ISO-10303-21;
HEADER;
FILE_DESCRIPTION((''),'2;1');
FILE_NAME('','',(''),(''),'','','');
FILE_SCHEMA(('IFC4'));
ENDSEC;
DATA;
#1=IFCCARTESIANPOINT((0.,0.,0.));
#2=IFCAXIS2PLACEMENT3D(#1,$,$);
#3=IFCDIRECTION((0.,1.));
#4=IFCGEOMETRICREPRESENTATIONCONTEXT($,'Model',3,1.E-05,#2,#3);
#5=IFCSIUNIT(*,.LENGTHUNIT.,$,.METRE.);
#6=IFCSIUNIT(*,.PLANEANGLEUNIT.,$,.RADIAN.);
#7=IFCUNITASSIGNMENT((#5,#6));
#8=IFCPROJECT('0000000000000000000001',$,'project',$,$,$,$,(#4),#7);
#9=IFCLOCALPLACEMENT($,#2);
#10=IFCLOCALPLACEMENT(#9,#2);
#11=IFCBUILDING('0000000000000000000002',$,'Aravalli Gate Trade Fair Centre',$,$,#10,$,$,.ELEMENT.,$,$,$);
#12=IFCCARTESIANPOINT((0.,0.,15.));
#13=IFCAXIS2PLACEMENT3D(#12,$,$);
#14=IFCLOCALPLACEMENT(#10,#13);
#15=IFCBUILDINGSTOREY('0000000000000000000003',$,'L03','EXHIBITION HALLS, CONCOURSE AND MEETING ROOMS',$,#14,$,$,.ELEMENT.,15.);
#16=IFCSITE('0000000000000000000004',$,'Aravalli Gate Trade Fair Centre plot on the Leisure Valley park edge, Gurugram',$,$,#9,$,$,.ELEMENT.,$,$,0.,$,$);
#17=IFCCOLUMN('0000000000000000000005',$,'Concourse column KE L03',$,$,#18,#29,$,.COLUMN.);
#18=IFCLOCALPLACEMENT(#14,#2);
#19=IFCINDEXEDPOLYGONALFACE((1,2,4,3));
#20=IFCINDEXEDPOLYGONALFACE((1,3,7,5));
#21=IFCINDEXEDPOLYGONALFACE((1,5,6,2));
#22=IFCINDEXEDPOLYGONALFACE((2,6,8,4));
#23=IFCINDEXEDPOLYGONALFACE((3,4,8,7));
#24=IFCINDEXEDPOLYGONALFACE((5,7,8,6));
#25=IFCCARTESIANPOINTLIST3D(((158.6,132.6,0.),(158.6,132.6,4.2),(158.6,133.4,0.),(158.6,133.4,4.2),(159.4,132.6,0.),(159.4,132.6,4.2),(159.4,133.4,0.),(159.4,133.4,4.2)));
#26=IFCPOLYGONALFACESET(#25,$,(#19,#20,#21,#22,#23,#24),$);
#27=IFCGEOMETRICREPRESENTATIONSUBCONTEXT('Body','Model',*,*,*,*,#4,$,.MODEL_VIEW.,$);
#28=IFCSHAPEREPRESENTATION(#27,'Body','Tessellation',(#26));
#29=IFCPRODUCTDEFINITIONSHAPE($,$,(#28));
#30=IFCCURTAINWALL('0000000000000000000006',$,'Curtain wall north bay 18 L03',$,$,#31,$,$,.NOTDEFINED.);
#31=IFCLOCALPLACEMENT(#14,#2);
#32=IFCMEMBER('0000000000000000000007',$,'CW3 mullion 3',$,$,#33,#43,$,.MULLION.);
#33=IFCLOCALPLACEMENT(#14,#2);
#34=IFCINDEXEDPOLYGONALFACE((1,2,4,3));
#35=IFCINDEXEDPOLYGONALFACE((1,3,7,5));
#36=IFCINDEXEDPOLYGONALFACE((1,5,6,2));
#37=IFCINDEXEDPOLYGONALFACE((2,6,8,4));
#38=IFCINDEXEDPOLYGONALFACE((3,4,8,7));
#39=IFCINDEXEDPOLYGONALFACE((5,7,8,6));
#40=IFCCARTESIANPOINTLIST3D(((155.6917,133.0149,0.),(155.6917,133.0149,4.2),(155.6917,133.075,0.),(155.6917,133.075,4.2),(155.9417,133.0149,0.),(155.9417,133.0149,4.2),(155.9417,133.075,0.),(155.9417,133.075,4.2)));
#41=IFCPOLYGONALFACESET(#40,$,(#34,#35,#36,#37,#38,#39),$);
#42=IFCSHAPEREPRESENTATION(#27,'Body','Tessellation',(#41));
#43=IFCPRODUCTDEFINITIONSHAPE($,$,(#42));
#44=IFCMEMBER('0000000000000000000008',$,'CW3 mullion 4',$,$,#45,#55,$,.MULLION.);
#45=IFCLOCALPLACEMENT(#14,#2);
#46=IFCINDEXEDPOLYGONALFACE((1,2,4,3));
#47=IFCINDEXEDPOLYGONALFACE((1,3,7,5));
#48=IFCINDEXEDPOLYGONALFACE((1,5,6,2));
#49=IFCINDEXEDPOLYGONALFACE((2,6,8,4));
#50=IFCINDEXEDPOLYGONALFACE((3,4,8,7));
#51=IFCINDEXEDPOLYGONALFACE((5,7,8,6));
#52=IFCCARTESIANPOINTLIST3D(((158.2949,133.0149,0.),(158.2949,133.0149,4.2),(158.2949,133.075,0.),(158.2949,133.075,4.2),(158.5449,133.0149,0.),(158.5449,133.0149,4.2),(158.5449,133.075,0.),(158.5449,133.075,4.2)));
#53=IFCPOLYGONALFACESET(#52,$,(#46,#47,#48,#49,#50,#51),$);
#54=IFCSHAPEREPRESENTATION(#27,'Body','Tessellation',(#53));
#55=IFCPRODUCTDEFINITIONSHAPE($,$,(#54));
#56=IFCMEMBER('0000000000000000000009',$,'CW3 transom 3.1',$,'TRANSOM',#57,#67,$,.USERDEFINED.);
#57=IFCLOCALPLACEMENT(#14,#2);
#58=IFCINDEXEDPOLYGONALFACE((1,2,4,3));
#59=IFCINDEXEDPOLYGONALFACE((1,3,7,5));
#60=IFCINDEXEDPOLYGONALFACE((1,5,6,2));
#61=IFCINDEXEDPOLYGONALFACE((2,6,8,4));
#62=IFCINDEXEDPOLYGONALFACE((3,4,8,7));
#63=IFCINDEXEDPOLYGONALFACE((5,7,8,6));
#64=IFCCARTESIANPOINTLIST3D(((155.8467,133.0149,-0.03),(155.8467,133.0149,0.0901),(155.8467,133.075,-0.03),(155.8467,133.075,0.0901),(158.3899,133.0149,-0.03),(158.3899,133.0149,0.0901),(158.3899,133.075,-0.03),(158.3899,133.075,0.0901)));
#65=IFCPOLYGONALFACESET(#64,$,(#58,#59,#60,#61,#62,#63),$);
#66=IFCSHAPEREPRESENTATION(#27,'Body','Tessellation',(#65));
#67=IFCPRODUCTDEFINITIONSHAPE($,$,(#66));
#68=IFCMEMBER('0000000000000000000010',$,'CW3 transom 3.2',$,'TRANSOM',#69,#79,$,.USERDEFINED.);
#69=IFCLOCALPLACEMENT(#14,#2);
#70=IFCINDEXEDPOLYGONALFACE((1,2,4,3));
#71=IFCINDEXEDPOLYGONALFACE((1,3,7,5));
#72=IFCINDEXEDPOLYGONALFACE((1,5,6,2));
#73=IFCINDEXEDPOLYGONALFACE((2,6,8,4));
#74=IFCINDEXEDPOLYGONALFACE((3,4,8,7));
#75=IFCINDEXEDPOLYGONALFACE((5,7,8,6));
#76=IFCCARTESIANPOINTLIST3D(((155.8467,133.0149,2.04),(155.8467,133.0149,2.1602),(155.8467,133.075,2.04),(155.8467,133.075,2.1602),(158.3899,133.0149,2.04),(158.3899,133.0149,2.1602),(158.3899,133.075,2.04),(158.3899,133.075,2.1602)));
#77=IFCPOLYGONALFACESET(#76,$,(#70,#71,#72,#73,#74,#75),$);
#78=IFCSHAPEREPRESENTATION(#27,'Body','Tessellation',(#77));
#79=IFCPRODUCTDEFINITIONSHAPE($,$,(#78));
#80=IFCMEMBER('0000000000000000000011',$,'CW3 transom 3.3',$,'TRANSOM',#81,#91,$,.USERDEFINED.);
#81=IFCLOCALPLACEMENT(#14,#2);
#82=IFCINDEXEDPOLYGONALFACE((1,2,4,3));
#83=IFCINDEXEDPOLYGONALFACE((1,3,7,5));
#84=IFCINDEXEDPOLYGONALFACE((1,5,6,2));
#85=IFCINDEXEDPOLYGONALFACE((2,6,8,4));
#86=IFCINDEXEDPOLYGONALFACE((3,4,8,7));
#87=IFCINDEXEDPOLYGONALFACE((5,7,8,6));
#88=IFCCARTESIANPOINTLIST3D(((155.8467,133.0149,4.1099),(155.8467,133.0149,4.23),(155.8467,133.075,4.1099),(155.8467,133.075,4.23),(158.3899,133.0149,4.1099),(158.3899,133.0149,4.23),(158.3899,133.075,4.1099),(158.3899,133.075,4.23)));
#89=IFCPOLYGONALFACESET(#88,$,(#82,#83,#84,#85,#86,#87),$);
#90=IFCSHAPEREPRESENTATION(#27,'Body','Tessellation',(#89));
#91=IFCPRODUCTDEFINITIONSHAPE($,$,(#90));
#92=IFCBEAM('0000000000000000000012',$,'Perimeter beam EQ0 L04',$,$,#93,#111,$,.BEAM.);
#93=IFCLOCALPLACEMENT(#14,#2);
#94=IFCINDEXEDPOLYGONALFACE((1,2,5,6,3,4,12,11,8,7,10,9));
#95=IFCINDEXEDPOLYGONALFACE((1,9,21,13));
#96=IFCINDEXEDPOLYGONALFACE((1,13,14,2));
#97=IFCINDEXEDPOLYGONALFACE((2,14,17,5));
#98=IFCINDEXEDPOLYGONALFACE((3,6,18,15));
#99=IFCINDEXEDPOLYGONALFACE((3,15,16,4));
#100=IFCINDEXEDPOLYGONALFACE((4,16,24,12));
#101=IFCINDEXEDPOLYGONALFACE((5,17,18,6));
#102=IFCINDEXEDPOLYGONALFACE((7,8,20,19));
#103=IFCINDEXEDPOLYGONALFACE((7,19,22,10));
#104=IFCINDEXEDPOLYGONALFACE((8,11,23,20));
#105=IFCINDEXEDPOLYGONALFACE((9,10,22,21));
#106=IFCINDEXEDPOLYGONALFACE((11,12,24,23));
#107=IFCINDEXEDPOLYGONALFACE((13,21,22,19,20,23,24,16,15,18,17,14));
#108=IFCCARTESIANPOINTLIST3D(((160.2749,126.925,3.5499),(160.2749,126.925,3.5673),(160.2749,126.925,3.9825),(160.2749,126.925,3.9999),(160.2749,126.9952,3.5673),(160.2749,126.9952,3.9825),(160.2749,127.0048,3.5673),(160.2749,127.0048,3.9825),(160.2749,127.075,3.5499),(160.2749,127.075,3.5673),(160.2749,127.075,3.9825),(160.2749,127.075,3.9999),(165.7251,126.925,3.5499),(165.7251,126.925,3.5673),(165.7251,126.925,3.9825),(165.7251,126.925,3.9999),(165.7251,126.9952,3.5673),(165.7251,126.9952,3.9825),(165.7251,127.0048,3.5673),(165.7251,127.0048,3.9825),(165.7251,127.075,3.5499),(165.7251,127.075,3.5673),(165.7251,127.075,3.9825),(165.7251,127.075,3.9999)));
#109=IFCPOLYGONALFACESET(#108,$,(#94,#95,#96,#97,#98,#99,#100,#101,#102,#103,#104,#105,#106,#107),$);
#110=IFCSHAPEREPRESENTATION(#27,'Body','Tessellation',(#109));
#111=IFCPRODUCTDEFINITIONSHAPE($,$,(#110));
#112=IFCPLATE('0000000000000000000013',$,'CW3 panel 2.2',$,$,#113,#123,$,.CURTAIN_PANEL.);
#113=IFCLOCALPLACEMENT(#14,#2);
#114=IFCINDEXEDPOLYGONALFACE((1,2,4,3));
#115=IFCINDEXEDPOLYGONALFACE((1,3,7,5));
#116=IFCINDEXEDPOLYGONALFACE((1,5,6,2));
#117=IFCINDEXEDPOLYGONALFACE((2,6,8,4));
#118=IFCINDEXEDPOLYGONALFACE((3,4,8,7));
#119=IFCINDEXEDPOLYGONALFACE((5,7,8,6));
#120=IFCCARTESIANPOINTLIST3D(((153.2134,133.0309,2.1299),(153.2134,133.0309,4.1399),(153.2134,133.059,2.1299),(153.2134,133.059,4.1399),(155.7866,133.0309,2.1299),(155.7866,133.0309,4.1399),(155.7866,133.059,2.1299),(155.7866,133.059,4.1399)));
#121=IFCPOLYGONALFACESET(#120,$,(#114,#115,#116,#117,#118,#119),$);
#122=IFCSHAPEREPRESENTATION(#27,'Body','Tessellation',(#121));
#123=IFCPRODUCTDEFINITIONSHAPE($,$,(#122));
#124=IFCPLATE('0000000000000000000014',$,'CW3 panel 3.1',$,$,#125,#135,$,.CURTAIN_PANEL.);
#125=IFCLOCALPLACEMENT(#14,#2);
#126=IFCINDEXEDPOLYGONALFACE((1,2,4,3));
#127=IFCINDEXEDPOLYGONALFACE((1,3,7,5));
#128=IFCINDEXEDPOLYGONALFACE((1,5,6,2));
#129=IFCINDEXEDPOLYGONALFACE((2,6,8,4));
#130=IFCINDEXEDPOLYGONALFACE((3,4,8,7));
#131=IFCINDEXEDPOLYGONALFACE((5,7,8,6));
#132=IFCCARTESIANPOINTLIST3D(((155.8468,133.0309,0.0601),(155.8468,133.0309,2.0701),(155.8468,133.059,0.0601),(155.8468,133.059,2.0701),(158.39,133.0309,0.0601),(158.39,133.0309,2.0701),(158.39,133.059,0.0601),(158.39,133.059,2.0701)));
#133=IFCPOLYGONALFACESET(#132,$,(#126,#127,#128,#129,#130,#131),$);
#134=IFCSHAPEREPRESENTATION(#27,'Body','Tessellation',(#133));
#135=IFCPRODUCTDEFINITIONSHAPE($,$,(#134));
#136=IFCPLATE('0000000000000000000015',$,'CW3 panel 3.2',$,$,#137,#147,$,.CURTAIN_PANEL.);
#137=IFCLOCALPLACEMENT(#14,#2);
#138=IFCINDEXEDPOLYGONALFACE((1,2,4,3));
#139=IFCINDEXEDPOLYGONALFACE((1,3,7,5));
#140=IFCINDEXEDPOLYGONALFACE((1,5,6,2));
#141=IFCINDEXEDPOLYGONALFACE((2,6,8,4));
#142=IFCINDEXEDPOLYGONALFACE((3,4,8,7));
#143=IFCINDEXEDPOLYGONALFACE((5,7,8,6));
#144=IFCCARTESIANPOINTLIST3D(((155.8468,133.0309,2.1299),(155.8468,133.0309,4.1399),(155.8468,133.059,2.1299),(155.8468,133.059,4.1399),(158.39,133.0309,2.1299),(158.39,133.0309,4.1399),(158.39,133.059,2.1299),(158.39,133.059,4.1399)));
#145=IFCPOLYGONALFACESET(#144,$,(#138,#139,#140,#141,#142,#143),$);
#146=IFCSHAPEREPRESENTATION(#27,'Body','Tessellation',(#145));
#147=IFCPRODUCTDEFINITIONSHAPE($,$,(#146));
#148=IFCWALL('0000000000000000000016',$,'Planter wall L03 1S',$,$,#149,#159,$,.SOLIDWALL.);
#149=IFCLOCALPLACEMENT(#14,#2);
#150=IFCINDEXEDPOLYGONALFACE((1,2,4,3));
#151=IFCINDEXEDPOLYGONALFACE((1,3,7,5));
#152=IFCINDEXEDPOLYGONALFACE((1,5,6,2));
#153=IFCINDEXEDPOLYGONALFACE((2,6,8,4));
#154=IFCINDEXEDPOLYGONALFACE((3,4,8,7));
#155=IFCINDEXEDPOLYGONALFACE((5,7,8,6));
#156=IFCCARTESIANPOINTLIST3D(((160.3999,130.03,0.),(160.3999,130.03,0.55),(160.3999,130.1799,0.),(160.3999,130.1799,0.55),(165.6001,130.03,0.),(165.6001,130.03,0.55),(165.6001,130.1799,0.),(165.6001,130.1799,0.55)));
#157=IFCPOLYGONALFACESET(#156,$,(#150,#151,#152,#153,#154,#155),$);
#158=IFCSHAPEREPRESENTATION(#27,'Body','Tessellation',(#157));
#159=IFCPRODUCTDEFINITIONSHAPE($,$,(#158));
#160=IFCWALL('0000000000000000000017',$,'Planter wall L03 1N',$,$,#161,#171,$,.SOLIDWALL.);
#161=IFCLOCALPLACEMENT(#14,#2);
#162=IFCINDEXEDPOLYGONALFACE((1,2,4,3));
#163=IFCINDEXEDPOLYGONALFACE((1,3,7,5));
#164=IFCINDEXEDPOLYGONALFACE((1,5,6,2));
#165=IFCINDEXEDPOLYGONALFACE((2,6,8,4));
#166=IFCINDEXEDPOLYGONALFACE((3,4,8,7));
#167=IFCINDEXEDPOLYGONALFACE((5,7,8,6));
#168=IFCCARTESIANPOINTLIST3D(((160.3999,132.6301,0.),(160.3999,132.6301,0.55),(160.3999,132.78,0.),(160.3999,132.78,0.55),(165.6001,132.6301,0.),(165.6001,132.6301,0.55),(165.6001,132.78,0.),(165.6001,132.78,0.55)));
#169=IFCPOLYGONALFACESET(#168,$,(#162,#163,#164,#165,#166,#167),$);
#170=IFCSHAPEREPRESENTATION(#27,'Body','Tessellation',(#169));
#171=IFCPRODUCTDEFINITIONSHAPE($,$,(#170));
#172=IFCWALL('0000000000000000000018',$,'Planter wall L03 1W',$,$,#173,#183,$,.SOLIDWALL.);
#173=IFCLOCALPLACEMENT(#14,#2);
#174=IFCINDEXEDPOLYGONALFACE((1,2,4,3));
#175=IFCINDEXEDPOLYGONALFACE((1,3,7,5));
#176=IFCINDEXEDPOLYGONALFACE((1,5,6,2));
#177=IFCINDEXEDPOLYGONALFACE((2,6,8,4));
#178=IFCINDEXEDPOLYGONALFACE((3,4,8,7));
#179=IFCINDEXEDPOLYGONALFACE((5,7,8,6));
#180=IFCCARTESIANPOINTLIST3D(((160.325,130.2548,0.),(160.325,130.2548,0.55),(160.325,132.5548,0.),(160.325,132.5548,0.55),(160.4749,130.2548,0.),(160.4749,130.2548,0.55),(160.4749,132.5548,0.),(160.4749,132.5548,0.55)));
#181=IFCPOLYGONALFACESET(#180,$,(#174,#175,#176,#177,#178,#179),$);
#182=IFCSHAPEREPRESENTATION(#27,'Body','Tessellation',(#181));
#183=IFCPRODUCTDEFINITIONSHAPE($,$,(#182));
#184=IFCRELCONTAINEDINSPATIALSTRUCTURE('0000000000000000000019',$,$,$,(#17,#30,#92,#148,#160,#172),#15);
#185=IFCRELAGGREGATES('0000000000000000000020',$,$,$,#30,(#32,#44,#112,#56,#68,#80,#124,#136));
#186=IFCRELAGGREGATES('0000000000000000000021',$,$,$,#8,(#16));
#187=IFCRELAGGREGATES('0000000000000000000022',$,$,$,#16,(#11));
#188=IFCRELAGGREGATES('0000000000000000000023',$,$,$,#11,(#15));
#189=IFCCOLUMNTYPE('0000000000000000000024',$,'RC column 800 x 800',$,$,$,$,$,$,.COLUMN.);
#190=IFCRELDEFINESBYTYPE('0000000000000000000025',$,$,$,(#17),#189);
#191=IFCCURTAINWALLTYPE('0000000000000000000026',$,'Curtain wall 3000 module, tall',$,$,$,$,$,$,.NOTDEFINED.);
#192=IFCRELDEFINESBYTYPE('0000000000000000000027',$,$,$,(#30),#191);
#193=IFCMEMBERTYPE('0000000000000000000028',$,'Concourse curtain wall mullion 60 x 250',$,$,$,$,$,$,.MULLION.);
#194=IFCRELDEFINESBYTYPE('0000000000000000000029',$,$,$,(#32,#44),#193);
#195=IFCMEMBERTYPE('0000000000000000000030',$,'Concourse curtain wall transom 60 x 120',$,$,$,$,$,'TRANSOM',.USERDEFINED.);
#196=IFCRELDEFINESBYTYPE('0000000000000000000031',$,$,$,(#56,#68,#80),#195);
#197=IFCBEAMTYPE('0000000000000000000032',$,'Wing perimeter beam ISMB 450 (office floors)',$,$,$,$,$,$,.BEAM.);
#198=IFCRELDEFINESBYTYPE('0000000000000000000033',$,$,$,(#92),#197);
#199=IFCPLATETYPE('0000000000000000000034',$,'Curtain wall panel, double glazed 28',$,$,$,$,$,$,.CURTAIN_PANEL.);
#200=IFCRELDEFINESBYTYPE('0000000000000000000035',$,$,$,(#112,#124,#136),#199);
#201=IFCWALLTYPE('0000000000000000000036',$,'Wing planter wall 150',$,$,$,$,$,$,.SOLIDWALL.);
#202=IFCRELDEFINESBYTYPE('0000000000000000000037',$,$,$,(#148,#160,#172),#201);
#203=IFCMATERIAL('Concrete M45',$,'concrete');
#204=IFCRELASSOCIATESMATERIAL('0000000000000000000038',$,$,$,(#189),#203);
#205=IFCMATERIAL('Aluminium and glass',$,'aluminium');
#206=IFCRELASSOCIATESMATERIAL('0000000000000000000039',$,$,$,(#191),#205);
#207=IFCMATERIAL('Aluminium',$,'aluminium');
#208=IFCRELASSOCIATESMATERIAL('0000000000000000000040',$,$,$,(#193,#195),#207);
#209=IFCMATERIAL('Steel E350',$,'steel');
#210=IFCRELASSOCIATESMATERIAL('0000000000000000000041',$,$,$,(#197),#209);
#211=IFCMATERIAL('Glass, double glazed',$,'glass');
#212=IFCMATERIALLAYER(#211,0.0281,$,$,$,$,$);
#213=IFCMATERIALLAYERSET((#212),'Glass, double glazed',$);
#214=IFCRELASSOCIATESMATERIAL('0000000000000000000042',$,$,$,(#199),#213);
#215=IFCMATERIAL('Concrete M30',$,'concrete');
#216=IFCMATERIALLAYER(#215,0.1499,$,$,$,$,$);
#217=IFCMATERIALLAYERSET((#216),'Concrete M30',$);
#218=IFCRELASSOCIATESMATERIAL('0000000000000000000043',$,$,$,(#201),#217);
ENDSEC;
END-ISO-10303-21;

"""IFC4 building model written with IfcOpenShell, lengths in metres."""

from ifc_helpers import new_model, si_unit, direction, frame, frame_2d, origin, origin_2d, place, context, subcontext, project, spatial, rectangle, i_section, extrude, material, layer, layer_set, material_profile, profile_set, type_object, element, aggregate, save


model = new_model("IFC4")

# Units and contexts
model_context = context("Model", 3, precision=1e-05, world=origin(), true_north=direction((0.0, 1.0)))
body_context = subcontext(model_context, "Body", "Model", "MODEL_VIEW")
ifc_project = project(units=[si_unit("LENGTHUNIT", "METRE"), si_unit("PLANEANGLEUNIT", "RADIAN")], contexts=[model_context])

# Site, building, storey
site_placement = place(None, origin())
site = spatial("IfcSite", under=ifc_project, at=site_placement, Name="Aravalli Gate Trade Fair Centre plot on the Leisure Valley park edge, Gurugram", CompositionType="ELEMENT", RefElevation=0.0)
building_placement = place(site_placement, origin())
building = spatial("IfcBuilding", under=site, at=building_placement, Name="Aravalli Gate Trade Fair Centre", CompositionType="ELEMENT")
storey_placement = place(building_placement, frame((0.0, 0.0, 15.0)))
storey = spatial("IfcBuildingStorey", under=building, at=storey_placement, Name="L03", Description="EXHIBITION HALLS, CONCOURSE AND MEETING ROOMS", CompositionType="ELEMENT", Elevation=15.0)

# Column
ifc_material_1 = material(Name="Concrete M45", Category="concrete")
ifc_material_profile_1 = material_profile(ifc_material_1, rectangle(XDim=0.8, YDim=0.8, at=origin_2d()), Name="RC column 800 x 800")
ifc_profile_set_1 = profile_set([ifc_material_profile_1], Name="Concrete M45")
column_type = type_object("IfcColumnType", Name="RC column 800 x 800", PredefinedType="COLUMN", material=ifc_profile_set_1)
column_placement = place(storey_placement, frame((159.0, 133.0, 0.0), z_axis=(0.0, 0.0, 1.0), x_axis=(1.0, 0.0, 0.0)))
element("IfcColumn", 1, at=column_placement, inside=storey, type_object=column_type, Name="Concourse column KE L03", PredefinedType="COLUMN", context=body_context, shape_type="SweptSolid", body=[
    extrude(rectangle(XDim=0.8, YDim=0.8, at=origin_2d()), origin(), (0.0, 0.0, 1.0), 4.2),
])

# Curtain wall, members
ifc_material_2 = material(Name="Aluminium and glass", Category="aluminium")
curtain_wall_type = type_object("IfcCurtainWallType", Name="Curtain wall 3000 module, tall", PredefinedType="NOTDEFINED", material=ifc_material_2)
curtain_wall_placement = place(storey_placement, origin())
curtain_wall = element("IfcCurtainWall", 2, at=curtain_wall_placement, inside=storey, type_object=curtain_wall_type, Name="Curtain wall north bay 18 L03", PredefinedType="NOTDEFINED")
ifc_material_3 = material(Name="Aluminium", Category="aluminium")
ifc_material_profile_2 = material_profile(ifc_material_3, rectangle(XDim=0.0601, YDim=0.25, at=origin_2d()), Name="Concourse curtain wall mullion 60 x 250")
ifc_profile_set_2 = profile_set([ifc_material_profile_2], Name="Aluminium")
member_type_1 = type_object("IfcMemberType", Name="Concourse curtain wall mullion 60 x 250", PredefinedType="MULLION", material=ifc_profile_set_2)
member_1_placement = place(storey_placement, frame((155.8167, 133.0449, 0.0), z_axis=(0.0, 0.0, 1.0), x_axis=(0.0, 1.0, 0.0)))
member_1 = element("IfcMember", 3, at=member_1_placement, type_object=member_type_1, Name="CW3 mullion 3", PredefinedType="MULLION", context=body_context, shape_type="SweptSolid", body=[
    extrude(rectangle(XDim=0.0601, YDim=0.25, at=origin_2d()), origin(), (0.0, 0.0, 1.0), 4.2),
])
member_2_placement = place(storey_placement, frame((158.4199, 133.0449, 0.0), z_axis=(0.0, 0.0, 1.0), x_axis=(0.0, 1.0, 0.0)))
member_2 = element("IfcMember", 4, at=member_2_placement, type_object=member_type_1, Name="CW3 mullion 4", PredefinedType="MULLION", context=body_context, shape_type="SweptSolid", body=[
    extrude(rectangle(XDim=0.0601, YDim=0.25, at=origin_2d()), origin(), (0.0, 0.0, 1.0), 4.2),
])
ifc_material_profile_3 = material_profile(ifc_material_3, rectangle(XDim=0.0601, YDim=0.1201, at=origin_2d()), Name="Concourse curtain wall transom 60 x 120")
ifc_profile_set_3 = profile_set([ifc_material_profile_3], Name="Aluminium")
member_type_2 = type_object("IfcMemberType", Name="Concourse curtain wall transom 60 x 120", ElementType="TRANSOM", PredefinedType="USERDEFINED", material=ifc_profile_set_3)
member_3_placement = place(storey_placement, frame((155.8467, 133.0449, 0.03), z_axis=(1.0, 0.0, 0.0), x_axis=(0.0, 1.0, 0.0)))
member_3 = element("IfcMember", 5, at=member_3_placement, type_object=member_type_2, Name="CW3 transom 3.1", ObjectType="TRANSOM", PredefinedType="USERDEFINED", context=body_context, shape_type="SweptSolid", body=[
    extrude(rectangle(XDim=0.0601, YDim=0.1201, at=origin_2d()), origin(), (0.0, 0.0, 1.0), 2.5432),
])
member_4_placement = place(storey_placement, frame((155.8467, 133.0449, 2.1001), z_axis=(1.0, 0.0, 0.0), x_axis=(0.0, 1.0, 0.0)))
member_4 = element("IfcMember", 6, at=member_4_placement, type_object=member_type_2, Name="CW3 transom 3.2", ObjectType="TRANSOM", PredefinedType="USERDEFINED", context=body_context, shape_type="SweptSolid", body=[
    extrude(rectangle(XDim=0.0601, YDim=0.1201, at=origin_2d()), origin(), (0.0, 0.0, 1.0), 2.5432),
])
member_5_placement = place(storey_placement, frame((155.8467, 133.0449, 4.1699), z_axis=(1.0, 0.0, 0.0), x_axis=(0.0, 1.0, 0.0)))
member_5 = element("IfcMember", 7, at=member_5_placement, type_object=member_type_2, Name="CW3 transom 3.3", ObjectType="TRANSOM", PredefinedType="USERDEFINED", context=body_context, shape_type="SweptSolid", body=[
    extrude(rectangle(XDim=0.0601, YDim=0.1201, at=origin_2d()), origin(), (0.0, 0.0, 1.0), 2.5432),
])

# Beam
ifc_material_4 = material(Name="Steel E350", Category="steel")
ifc_material_profile_4 = material_profile(ifc_material_4, i_section(OverallWidth=0.1499, OverallDepth=0.45, WebThickness=0.0095, FlangeThickness=0.0173, at=origin_2d()), Name="ISMB 450")
ifc_profile_set_4 = profile_set([ifc_material_profile_4], Name="Steel E350")
beam_type = type_object("IfcBeamType", Name="Wing perimeter beam ISMB 450 (office floors)", PredefinedType="BEAM", material=ifc_profile_set_4)
beam_placement = place(storey_placement, frame((160.2749, 127.0, 3.7749), z_axis=(1.0, 0.0, 0.0), x_axis=(0.0, 1.0, 0.0)))
element("IfcBeam", 8, at=beam_placement, inside=storey, type_object=beam_type, Name="Perimeter beam EQ0 L04", PredefinedType="BEAM", context=body_context, shape_type="SweptSolid", body=[
    extrude(i_section(OverallWidth=0.1499, OverallDepth=0.45, WebThickness=0.0095, FlangeThickness=0.0173, at=origin_2d()), origin(), (0.0, 0.0, 1.0), 5.4502),
])

# Plates
ifc_material_5 = material(Name="Glass, double glazed", Category="glass")
ifc_layer_1 = layer(ifc_material_5, 0.0281)
ifc_layer_set_1 = layer_set([ifc_layer_1], Name="Glass, double glazed")
plate_type = type_object("IfcPlateType", Name="Curtain wall panel, double glazed 28", PredefinedType="CURTAIN_PANEL", material=ifc_layer_set_1)
plate_1_placement = place(storey_placement, frame((154.5, 133.0449, 2.1299), z_axis=(0.0, 0.0, 1.0), x_axis=(1.0, 0.0, 0.0)))
plate_1 = element("IfcPlate", 9, at=plate_1_placement, type_object=plate_type, Name="CW3 panel 2.2", PredefinedType="CURTAIN_PANEL", context=body_context, shape_type="SweptSolid", body=[
    extrude(rectangle(XDim=2.5732, YDim=0.0281, at=origin_2d()), origin(), (0.0, 0.0, 1.0), 2.01),
])
plate_2_placement = place(storey_placement, frame((157.1184, 133.0449, 0.0601), z_axis=(0.0, 0.0, 1.0), x_axis=(1.0, 0.0, 0.0)))
plate_2 = element("IfcPlate", 10, at=plate_2_placement, type_object=plate_type, Name="CW3 panel 3.1", PredefinedType="CURTAIN_PANEL", context=body_context, shape_type="SweptSolid", body=[
    extrude(rectangle(XDim=2.5432, YDim=0.0281, at=origin_2d()), origin(), (0.0, 0.0, 1.0), 2.01),
])
plate_3_placement = place(storey_placement, frame((157.1184, 133.0449, 2.1299), z_axis=(0.0, 0.0, 1.0), x_axis=(1.0, 0.0, 0.0)))
plate_3 = element("IfcPlate", 11, at=plate_3_placement, type_object=plate_type, Name="CW3 panel 3.2", PredefinedType="CURTAIN_PANEL", context=body_context, shape_type="SweptSolid", body=[
    extrude(rectangle(XDim=2.5432, YDim=0.0281, at=origin_2d()), origin(), (0.0, 0.0, 1.0), 2.01),
])
aggregate(curtain_wall, [member_1, member_2, plate_1, member_3, member_4, member_5, plate_2, plate_3])

# Walls
ifc_material_6 = material(Name="Concrete M30", Category="concrete")
ifc_layer_2 = layer(ifc_material_6, 0.1499)
ifc_layer_set_2 = layer_set([ifc_layer_2], Name="Concrete M30")
wall_type_1 = type_object("IfcWallType", Name="Wing planter wall 150", PredefinedType="SOLIDWALL", material=ifc_layer_set_2)
for number, where, z_axis, x_axis, name in (
    (12, (160.3999, 130.105, 0.0), (0.0, 0.0, 1.0), (1.0, 0.0, 0.0), "Planter wall L03 1S"),
    (13, (160.3999, 132.7051, 0.0), (0.0, 0.0, 1.0), (1.0, 0.0, 0.0), "Planter wall L03 1N"),
):
    element("IfcWall", number, at=place(storey_placement, frame(where, z_axis=z_axis, x_axis=x_axis)), inside=storey, type_object=wall_type_1, Name=name, PredefinedType="SOLIDWALL", context=body_context, shape_type="SweptSolid", body=[
        extrude(rectangle(XDim=5.2002, YDim=0.1499, at=frame_2d((2.6001, 0.0))), origin(), (0.0, 0.0, 1.0), 0.55),
    ])
for number, where, z_axis, x_axis, name in (
    (14, (160.3999, 130.2549, 0.0), (0.0, 0.0, 1.0), (0.0, 1.0, 0.0), "Planter wall L03 1W"),
):
    element("IfcWall", number, at=place(storey_placement, frame(where, z_axis=z_axis, x_axis=x_axis)), inside=storey, type_object=wall_type_1, Name=name, PredefinedType="SOLIDWALL", context=body_context, shape_type="SweptSolid", body=[
        extrude(rectangle(XDim=2.3, YDim=0.1499, at=frame_2d((1.1499, 0.0))), origin(), (0.0, 0.0, 1.0), 0.55),
    ])

save(model, "model.ifc")
